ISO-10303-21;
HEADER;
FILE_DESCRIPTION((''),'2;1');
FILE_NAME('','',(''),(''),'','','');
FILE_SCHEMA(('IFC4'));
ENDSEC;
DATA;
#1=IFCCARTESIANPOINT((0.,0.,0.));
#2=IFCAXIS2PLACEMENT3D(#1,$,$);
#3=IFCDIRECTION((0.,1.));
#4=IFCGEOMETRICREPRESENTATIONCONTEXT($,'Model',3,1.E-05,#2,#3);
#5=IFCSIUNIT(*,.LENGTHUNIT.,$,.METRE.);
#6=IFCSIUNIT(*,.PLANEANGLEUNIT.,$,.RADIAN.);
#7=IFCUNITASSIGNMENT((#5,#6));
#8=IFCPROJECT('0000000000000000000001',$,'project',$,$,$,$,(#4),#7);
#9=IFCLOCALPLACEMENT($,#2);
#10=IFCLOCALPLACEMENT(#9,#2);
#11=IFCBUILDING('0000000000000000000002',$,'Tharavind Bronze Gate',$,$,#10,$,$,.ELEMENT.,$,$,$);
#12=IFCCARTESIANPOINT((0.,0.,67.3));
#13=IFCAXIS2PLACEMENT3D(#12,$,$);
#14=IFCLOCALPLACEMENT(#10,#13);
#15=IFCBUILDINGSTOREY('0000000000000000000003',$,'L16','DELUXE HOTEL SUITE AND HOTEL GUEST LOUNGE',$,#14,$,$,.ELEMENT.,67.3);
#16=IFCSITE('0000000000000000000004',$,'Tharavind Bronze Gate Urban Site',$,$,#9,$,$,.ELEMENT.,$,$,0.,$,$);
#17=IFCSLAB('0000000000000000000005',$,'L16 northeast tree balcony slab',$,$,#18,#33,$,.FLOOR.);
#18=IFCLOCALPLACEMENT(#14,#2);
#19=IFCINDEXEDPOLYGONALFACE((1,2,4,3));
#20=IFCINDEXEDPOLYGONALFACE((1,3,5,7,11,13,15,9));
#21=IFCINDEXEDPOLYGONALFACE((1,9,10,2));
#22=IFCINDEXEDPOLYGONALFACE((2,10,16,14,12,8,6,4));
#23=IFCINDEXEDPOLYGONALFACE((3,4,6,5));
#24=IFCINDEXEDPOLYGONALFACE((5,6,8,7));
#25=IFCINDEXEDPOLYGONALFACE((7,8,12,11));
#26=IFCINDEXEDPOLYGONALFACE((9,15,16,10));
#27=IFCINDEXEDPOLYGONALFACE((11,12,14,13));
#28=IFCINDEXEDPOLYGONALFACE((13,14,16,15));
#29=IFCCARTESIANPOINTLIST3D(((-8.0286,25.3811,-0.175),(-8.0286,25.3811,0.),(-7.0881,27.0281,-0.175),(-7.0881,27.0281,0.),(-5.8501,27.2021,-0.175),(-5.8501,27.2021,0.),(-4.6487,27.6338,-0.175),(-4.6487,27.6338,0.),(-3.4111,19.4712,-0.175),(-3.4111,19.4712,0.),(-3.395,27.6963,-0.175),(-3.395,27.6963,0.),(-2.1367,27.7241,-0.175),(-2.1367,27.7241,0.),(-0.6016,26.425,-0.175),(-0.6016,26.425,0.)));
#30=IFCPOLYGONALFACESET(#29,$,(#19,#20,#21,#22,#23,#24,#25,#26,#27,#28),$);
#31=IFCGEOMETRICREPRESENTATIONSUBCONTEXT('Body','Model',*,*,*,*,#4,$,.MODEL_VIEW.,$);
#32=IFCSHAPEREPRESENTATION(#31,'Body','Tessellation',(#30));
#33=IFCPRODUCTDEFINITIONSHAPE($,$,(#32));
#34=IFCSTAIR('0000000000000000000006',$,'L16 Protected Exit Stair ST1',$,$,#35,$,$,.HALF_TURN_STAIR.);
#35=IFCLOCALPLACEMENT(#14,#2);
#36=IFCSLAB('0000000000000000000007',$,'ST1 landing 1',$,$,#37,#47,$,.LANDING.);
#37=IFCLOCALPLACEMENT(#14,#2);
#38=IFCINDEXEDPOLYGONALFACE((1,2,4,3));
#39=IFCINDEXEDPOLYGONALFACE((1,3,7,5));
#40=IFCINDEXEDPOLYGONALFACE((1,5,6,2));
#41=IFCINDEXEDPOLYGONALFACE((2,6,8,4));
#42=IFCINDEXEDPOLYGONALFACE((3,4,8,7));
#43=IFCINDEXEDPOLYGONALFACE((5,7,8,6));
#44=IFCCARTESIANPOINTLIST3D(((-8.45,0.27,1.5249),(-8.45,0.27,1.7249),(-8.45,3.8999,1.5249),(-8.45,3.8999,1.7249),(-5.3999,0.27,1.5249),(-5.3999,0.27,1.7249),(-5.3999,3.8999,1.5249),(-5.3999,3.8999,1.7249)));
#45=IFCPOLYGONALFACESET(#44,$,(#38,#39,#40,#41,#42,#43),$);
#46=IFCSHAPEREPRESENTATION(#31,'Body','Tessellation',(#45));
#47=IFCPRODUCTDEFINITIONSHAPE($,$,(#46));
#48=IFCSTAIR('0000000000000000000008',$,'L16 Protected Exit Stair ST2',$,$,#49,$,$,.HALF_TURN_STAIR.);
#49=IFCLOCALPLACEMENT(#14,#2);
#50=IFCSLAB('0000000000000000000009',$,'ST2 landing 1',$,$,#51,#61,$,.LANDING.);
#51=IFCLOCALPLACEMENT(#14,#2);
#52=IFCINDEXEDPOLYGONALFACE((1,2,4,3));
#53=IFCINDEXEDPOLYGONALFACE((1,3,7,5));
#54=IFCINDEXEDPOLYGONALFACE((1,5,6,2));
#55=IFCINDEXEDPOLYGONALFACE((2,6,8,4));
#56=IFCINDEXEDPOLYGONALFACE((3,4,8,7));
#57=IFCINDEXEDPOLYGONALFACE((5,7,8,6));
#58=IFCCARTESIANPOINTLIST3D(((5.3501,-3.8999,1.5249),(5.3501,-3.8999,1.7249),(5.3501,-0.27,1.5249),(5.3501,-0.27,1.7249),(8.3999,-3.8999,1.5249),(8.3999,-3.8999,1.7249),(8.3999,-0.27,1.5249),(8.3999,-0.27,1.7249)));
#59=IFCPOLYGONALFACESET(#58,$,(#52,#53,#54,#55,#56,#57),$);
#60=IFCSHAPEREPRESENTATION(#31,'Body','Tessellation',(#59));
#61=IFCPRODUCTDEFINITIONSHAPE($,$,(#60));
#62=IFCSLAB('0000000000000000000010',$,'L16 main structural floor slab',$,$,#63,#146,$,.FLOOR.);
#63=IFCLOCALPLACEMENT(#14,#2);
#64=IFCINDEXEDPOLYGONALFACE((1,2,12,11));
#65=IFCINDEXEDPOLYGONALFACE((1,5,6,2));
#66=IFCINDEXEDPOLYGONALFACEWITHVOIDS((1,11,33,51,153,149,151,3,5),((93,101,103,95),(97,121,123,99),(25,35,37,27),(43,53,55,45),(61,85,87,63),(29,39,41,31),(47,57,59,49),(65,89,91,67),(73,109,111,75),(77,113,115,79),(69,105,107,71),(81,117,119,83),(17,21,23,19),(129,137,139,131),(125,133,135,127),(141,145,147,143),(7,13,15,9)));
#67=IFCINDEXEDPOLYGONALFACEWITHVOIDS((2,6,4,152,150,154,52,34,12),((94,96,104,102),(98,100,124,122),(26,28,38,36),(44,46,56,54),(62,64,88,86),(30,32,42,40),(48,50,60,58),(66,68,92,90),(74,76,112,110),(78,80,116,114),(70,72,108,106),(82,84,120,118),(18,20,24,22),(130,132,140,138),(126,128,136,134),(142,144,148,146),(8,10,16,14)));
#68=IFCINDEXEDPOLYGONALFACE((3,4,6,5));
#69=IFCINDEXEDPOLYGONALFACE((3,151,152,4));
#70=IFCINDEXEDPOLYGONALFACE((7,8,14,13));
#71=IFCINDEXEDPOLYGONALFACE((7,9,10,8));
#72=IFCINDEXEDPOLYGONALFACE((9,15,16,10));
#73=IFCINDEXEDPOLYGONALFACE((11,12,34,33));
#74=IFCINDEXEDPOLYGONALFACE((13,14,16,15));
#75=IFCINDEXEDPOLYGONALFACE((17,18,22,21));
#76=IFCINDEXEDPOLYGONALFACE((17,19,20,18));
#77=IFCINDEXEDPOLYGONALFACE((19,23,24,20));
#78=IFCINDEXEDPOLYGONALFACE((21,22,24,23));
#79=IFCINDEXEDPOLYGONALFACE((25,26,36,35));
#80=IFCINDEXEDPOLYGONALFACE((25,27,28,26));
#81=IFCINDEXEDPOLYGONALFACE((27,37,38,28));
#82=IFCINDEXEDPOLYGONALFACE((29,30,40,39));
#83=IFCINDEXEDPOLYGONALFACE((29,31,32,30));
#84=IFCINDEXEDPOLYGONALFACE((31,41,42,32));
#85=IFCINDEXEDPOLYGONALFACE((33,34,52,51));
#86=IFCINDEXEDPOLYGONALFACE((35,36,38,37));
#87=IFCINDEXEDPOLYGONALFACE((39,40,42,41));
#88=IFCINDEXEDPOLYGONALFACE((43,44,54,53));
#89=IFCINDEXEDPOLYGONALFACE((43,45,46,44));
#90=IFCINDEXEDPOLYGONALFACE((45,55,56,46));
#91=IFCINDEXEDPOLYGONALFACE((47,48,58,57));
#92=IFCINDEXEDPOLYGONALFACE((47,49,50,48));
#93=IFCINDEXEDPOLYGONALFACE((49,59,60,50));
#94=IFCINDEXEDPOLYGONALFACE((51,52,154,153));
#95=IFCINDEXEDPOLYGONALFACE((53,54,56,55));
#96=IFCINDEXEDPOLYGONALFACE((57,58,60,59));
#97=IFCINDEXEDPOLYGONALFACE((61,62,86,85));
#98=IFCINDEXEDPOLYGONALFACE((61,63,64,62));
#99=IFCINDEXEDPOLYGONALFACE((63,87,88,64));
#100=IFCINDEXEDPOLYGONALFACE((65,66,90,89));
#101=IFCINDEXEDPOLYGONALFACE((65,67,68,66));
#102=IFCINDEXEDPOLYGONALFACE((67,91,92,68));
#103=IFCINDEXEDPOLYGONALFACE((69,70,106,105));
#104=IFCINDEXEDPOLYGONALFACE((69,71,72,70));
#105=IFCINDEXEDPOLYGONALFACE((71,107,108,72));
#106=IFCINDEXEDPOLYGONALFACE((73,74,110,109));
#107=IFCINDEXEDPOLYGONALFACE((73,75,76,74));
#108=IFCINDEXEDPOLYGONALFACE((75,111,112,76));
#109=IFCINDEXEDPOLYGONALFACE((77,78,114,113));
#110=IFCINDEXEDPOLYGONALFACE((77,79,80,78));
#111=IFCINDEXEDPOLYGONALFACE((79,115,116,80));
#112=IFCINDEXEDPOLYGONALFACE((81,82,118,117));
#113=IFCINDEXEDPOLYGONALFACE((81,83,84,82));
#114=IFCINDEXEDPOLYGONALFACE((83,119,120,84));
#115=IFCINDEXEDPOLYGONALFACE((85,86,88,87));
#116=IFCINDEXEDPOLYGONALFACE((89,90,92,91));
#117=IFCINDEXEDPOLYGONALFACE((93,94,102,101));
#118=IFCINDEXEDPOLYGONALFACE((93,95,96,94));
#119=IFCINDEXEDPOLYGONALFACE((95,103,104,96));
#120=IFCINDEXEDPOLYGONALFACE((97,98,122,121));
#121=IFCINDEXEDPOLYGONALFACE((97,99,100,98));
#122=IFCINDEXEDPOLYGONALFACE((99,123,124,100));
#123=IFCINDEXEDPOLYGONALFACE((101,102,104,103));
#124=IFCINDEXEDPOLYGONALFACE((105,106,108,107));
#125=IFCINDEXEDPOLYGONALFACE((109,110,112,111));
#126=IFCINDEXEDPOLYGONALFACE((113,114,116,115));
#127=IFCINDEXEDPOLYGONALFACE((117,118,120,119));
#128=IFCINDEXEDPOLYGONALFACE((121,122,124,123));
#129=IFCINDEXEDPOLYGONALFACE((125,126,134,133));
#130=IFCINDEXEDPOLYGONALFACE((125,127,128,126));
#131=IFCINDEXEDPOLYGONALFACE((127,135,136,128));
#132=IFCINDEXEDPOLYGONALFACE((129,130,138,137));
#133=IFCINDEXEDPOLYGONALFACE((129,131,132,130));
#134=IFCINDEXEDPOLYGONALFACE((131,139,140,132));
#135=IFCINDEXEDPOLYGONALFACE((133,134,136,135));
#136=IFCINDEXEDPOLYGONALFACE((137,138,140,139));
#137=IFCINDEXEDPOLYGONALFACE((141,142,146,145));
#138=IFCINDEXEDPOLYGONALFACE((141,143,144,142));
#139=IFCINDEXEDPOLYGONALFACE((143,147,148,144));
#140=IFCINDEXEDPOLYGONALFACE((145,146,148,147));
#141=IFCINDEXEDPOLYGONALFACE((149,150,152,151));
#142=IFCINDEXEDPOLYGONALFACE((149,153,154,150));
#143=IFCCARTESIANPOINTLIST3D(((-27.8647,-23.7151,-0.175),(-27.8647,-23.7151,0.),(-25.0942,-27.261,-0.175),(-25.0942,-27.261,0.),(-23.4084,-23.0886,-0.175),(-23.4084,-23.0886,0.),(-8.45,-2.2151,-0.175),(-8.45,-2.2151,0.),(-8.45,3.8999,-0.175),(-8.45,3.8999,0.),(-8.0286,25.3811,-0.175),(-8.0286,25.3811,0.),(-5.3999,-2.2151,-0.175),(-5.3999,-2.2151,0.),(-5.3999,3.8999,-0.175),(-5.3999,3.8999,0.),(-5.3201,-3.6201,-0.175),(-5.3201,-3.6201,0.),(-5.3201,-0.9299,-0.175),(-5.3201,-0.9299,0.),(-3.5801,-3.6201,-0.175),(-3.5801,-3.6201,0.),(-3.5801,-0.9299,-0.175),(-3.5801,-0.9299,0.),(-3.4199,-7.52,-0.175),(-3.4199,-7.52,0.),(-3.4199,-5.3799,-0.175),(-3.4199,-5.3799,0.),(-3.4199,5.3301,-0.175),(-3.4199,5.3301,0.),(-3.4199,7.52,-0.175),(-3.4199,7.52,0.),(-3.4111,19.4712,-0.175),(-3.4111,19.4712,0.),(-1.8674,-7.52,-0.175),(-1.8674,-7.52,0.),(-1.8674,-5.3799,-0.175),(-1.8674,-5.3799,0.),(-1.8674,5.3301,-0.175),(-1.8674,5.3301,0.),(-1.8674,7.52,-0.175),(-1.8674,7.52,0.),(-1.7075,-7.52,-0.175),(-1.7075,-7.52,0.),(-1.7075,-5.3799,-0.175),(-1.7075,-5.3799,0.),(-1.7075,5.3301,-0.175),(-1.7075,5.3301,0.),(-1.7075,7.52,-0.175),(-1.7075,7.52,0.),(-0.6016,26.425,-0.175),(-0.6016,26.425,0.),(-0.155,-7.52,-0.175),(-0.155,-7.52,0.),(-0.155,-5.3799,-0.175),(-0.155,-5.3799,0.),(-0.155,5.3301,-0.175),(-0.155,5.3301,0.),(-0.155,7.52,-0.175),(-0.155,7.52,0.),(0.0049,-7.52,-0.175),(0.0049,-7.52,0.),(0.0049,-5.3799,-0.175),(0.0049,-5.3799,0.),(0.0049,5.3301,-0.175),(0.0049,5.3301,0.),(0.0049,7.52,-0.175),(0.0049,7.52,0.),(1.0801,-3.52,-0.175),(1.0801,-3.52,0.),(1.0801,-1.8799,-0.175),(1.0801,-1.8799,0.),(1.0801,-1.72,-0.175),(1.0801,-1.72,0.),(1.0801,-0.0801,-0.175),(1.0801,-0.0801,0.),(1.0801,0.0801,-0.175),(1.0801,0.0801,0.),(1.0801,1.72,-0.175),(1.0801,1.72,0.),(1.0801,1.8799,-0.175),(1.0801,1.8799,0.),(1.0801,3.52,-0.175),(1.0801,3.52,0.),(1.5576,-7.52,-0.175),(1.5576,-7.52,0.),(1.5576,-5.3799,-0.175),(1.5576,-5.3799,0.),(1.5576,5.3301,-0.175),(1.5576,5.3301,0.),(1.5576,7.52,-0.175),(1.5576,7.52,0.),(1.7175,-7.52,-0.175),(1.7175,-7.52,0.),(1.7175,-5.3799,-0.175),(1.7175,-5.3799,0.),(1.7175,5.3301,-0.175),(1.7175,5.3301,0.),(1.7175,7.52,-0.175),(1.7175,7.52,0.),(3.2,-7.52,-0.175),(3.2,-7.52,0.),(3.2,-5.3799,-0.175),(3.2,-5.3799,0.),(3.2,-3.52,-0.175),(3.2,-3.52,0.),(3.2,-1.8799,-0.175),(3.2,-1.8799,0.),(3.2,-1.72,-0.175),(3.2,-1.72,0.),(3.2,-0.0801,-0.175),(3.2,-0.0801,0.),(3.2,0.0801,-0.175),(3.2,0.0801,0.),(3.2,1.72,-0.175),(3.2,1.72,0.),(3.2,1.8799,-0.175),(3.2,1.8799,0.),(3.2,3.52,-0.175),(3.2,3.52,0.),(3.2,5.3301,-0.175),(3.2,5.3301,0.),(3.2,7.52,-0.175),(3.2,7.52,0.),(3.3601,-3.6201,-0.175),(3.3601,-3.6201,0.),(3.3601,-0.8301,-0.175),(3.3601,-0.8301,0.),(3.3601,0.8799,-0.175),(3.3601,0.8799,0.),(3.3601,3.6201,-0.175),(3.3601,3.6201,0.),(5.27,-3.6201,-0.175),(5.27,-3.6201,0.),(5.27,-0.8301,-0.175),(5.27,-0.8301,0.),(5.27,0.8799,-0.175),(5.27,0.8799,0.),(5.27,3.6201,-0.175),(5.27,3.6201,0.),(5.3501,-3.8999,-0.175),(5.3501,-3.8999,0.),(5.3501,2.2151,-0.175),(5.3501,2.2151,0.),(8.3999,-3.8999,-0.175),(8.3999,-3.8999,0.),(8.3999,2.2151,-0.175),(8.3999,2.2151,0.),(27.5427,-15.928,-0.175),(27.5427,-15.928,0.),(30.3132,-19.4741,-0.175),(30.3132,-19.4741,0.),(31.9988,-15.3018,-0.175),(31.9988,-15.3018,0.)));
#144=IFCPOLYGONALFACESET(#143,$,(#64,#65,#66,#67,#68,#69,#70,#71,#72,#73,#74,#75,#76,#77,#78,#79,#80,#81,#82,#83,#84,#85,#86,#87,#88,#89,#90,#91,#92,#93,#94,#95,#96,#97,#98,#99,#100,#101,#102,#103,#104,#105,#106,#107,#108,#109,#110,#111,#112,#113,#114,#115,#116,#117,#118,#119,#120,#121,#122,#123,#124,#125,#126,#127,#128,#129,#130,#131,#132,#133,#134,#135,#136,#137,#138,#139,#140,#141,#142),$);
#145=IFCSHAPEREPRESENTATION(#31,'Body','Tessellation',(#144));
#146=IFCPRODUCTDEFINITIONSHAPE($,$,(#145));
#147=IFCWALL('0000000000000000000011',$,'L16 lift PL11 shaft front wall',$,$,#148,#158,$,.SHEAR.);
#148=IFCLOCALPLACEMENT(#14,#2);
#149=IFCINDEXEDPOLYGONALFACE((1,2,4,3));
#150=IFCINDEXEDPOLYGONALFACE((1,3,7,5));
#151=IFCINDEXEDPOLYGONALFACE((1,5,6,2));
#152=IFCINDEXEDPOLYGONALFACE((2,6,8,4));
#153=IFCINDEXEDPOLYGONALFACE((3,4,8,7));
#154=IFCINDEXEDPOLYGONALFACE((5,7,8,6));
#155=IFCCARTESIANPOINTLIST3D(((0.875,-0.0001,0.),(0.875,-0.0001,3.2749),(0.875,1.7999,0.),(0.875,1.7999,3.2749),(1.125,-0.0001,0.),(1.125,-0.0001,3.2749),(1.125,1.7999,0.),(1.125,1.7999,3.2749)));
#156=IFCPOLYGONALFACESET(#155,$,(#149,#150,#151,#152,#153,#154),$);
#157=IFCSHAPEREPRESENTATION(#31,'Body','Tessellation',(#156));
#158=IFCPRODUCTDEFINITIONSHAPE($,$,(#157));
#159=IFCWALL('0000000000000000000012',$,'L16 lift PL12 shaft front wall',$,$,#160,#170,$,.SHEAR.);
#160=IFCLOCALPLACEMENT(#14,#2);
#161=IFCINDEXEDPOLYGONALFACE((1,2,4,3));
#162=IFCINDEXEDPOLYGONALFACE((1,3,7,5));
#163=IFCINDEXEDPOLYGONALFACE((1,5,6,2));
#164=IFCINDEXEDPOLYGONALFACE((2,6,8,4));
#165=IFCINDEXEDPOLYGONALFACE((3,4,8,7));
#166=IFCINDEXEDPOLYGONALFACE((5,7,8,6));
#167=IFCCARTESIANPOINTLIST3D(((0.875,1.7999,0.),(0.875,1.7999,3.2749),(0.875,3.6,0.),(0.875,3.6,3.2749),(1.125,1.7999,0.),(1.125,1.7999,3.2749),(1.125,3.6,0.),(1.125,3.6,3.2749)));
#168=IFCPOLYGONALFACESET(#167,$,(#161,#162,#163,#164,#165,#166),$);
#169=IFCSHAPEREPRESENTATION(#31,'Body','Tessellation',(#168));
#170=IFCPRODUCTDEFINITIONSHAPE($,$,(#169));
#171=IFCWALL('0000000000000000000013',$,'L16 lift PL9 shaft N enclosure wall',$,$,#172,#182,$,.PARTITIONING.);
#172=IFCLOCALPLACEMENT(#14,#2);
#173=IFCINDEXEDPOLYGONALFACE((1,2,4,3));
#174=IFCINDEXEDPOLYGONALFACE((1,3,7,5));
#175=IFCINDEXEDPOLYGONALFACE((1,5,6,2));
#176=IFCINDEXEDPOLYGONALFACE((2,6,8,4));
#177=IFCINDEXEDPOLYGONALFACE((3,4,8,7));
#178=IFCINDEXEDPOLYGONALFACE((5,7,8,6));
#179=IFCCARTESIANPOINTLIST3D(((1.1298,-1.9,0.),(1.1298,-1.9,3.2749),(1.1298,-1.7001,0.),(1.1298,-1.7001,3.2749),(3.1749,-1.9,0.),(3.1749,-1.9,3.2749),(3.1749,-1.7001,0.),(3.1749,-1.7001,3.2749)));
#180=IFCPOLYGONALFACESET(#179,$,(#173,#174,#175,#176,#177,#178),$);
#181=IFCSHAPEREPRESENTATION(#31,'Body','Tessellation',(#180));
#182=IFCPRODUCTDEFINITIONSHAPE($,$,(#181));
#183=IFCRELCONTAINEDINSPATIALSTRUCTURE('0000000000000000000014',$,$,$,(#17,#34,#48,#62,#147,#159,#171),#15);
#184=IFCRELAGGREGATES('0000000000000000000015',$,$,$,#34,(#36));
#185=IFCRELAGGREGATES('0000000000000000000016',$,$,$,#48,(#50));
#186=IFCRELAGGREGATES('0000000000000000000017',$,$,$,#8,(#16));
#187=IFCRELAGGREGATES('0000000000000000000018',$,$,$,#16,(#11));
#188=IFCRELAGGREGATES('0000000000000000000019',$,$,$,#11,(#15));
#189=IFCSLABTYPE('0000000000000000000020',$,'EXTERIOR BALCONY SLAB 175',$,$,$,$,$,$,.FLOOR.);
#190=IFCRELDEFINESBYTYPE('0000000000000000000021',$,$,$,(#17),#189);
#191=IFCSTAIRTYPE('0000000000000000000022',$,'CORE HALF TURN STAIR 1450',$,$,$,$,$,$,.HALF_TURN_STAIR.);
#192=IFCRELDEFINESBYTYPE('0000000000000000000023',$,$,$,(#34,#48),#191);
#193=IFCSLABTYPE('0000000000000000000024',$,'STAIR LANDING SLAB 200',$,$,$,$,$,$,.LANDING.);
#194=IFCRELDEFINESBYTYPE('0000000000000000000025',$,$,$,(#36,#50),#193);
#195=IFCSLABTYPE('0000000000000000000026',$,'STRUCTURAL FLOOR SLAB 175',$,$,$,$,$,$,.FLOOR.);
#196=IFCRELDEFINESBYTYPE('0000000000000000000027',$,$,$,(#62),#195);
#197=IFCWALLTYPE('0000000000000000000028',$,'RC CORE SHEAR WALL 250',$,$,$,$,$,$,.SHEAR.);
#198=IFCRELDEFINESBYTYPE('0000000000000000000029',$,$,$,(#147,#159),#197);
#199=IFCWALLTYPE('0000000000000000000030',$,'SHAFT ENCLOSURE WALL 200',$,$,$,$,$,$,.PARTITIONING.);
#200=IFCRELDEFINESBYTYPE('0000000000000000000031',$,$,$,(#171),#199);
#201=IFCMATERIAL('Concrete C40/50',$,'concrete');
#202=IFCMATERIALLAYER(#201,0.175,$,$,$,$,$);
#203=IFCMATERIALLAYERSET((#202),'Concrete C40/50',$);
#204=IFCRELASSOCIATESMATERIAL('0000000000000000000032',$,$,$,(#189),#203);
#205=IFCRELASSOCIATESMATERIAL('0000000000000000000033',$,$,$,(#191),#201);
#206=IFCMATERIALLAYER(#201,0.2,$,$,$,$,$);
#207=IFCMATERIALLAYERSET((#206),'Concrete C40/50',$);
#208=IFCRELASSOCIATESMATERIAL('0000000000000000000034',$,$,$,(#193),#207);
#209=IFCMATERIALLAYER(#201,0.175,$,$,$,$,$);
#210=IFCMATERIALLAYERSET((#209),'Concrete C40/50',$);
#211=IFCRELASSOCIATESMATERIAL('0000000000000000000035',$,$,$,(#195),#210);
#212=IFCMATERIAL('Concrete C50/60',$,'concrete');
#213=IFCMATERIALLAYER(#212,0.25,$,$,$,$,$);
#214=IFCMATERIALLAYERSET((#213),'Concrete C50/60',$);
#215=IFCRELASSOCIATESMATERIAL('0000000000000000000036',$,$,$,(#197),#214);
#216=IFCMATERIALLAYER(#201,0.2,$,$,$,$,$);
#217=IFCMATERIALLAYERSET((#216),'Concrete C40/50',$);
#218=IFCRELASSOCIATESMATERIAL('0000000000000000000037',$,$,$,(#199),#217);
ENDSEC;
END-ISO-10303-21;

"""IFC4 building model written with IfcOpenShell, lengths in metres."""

from ifc_helpers import new_model, si_unit, direction, frame, frame_2d, origin, place, context, subcontext, project, spatial, polyline, rectangle, outline, extrude, material, layer, layer_set, type_object, element, aggregate, save


model = new_model("IFC4")

# Units and contexts
model_context = context("Model", 3, precision=1e-05, world=origin(), true_north=direction((0.0, 1.0)))
body_context = subcontext(model_context, "Body", "Model", "MODEL_VIEW")
ifc_project = project(units=[si_unit("LENGTHUNIT", "METRE"), si_unit("PLANEANGLEUNIT", "RADIAN")], contexts=[model_context])

# Site, building, storey
site_placement = place(None, origin())
site = spatial("IfcSite", under=ifc_project, at=site_placement, Name="Tharavind Bronze Gate Urban Site", CompositionType="ELEMENT", RefElevation=0.0)
building_placement = place(site_placement, origin())
building = spatial("IfcBuilding", under=site, at=building_placement, Name="Tharavind Bronze Gate", CompositionType="ELEMENT")
storey_placement = place(building_placement, frame((0.0, 0.0, 67.3)))
storey = spatial("IfcBuildingStorey", under=building, at=storey_placement, Name="L16", Description="DELUXE HOTEL SUITE AND HOTEL GUEST LOUNGE", CompositionType="ELEMENT", Elevation=67.3)

# Slab
ifc_material_1 = material(Name="Concrete C40/50", Category="concrete")
ifc_layer_1 = layer(ifc_material_1, 0.175)
ifc_layer_set_1 = layer_set([ifc_layer_1], Name="Concrete C40/50")
slab_type_1 = type_object("IfcSlabType", Name="EXTERIOR BALCONY SLAB 175", PredefinedType="FLOOR", material=ifc_layer_set_1)
slab_1_placement = place(storey_placement, frame((0.0, 0.0, -0.175)))
element("IfcSlab", 1, at=slab_1_placement, inside=storey, type_object=slab_type_1, Name="L16 northeast tree balcony slab", PredefinedType="FLOOR", context=body_context, shape_type="SweptSolid", body=[
    extrude(outline(polyline([(-2.1367, 27.7241), (-3.395, 27.6963), (-4.6487, 27.6338), (-5.8501, 27.2021), (-7.0881, 27.0281), (-8.0286, 25.3811), (-3.4111, 19.4712), (-0.6016, 26.425), (-2.1367, 27.7241)])), origin(), (0.0, 0.0, 1.0), 0.175),
])

# Stairs, slabs
stair_type = type_object("IfcStairType", Name="CORE HALF TURN STAIR 1450", PredefinedType="HALF_TURN_STAIR", material=ifc_material_1)
stair_1_placement = place(storey_placement, origin())
stair_1 = element("IfcStair", 2, at=stair_1_placement, inside=storey, type_object=stair_type, Name="L16 Protected Exit Stair ST1", PredefinedType="HALF_TURN_STAIR")
ifc_layer_2 = layer(ifc_material_1, 0.2)
ifc_layer_set_2 = layer_set([ifc_layer_2], Name="Concrete C40/50")
slab_type_2 = type_object("IfcSlabType", Name="STAIR LANDING SLAB 200", PredefinedType="LANDING", material=ifc_layer_set_2)
slab_2_placement = place(storey_placement, frame((0.0, 0.0, 1.5249)))
slab_2 = element("IfcSlab", 3, at=slab_2_placement, type_object=slab_type_2, Name="ST1 landing 1", PredefinedType="LANDING", context=body_context, shape_type="SweptSolid", body=[
    extrude(outline(polyline([(-5.3999, 0.27), (-5.3999, 3.8999), (-8.45, 3.8999), (-8.45, 0.27), (-5.3999, 0.27)])), origin(), (0.0, 0.0, 1.0), 0.2),
])
aggregate(stair_1, [slab_2])
stair_2_placement = place(storey_placement, origin())
stair_2 = element("IfcStair", 4, at=stair_2_placement, inside=storey, type_object=stair_type, Name="L16 Protected Exit Stair ST2", PredefinedType="HALF_TURN_STAIR")
slab_3_placement = place(storey_placement, frame((0.0, 0.0, 1.5249)))
slab_3 = element("IfcSlab", 5, at=slab_3_placement, type_object=slab_type_2, Name="ST2 landing 1", PredefinedType="LANDING", context=body_context, shape_type="SweptSolid", body=[
    extrude(outline(polyline([(5.3501, -0.27), (5.3501, -3.8999), (8.3999, -3.8999), (8.3999, -0.27), (5.3501, -0.27)])), origin(), (0.0, 0.0, 1.0), 0.2),
])
aggregate(stair_2, [slab_3])

# Slab
ifc_layer_3 = layer(ifc_material_1, 0.175)
ifc_layer_set_3 = layer_set([ifc_layer_3], Name="Concrete C40/50")
slab_type_3 = type_object("IfcSlabType", Name="STRUCTURAL FLOOR SLAB 175", PredefinedType="FLOOR", material=ifc_layer_set_3)
slab_4_placement = place(storey_placement, frame((0.0, 0.0, -0.175)))
element("IfcSlab", 6, at=slab_4_placement, inside=storey, type_object=slab_type_3, Name="L16 main structural floor slab", PredefinedType="FLOOR", context=body_context, shape_type="SweptSolid", body=[
    extrude(outline(polyline([(-0.6016, 26.425), (-3.4111, 19.4712), (-8.0286, 25.3811), (-27.8647, -23.7151), (-23.4084, -23.0886), (-25.0942, -27.261), (30.3132, -19.4741), (27.5427, -15.928), (31.9988, -15.3018), (-0.6016, 26.425)]), holes=[polyline([(-5.3999, -2.2151), (-5.3999, 3.8999), (-8.45, 3.8999), (-8.45, -2.2151), (-5.3999, -2.2151)]), polyline([(5.3501, 2.2151), (5.3501, -3.8999), (8.3999, -3.8999), (8.3999, 2.2151), (5.3501, 2.2151)]), polyline([(-3.4199, -7.52), (-1.8674, -7.52), (-1.8674, -5.3799), (-3.4199, -5.3799), (-3.4199, -7.52)]), polyline([(-1.7075, -7.52), (-0.155, -7.52), (-0.155, -5.3799), (-1.7075, -5.3799), (-1.7075, -7.52)]), polyline([(0.0049, -7.52), (1.5576, -7.52), (1.5576, -5.3799), (0.0049, -5.3799), (0.0049, -7.52)]), polyline([(1.7175, -7.52), (3.2, -7.52), (3.2, -5.3799), (1.7175, -5.3799), (1.7175, -7.52)]), polyline([(-3.4199, 5.3301), (-1.8674, 5.3301), (-1.8674, 7.52), (-3.4199, 7.52), (-3.4199, 5.3301)]), polyline([(-1.7075, 5.3301), (-0.155, 5.3301), (-0.155, 7.52), (-1.7075, 7.52), (-1.7075, 5.3301)]), polyline([(0.0049, 5.3301), (1.5576, 5.3301), (1.5576, 7.52), (0.0049, 7.52), (0.0049, 5.3301)]), polyline([(1.7175, 5.3301), (3.2, 5.3301), (3.2, 7.52), (1.7175, 7.52), (1.7175, 5.3301)]), polyline([(1.0801, -3.52), (3.2, -3.52), (3.2, -1.8799), (1.0801, -1.8799), (1.0801, -3.52)]), polyline([(1.0801, -1.72), (3.2, -1.72), (3.2, -0.0801), (1.0801, -0.0801), (1.0801, -1.72)]), polyline([(1.0801, 0.0801), (3.2, 0.0801), (3.2, 1.72), (1.0801, 1.72), (1.0801, 0.0801)]), polyline([(1.0801, 1.8799), (3.2, 1.8799), (3.2, 3.52), (1.0801, 3.52), (1.0801, 1.8799)]), polyline([(-5.3201, -3.6201), (-3.5801, -3.6201), (-3.5801, -0.9299), (-5.3201, -0.9299), (-5.3201, -3.6201)]), polyline([(3.3601, 0.8799), (5.27, 0.8799), (5.27, 3.6201), (3.3601, 3.6201), (3.3601, 0.8799)]), polyline([(3.3601, -3.6201), (5.27, -3.6201), (5.27, -0.8301), (3.3601, -0.8301), (3.3601, -3.6201)])]), origin(), (0.0, 0.0, 1.0), 0.175),
])

# Walls
ifc_material_2 = material(Name="Concrete C50/60", Category="concrete")
ifc_layer_4 = layer(ifc_material_2, 0.25)
ifc_layer_set_4 = layer_set([ifc_layer_4], Name="Concrete C50/60")
wall_type_1 = type_object("IfcWallType", Name="RC CORE SHEAR WALL 250", PredefinedType="SHEAR", material=ifc_layer_set_4)
for number, where, z_axis, x_axis, name in (
    (7, (1.0, 0.0, 0.0), (0.0, 0.0, 1.0), (0.0, 1.0, 0.0), "L16 lift PL11 shaft front wall"),
    (8, (1.0, 1.8, 0.0), (0.0, 0.0, 1.0), (0.0, 1.0, 0.0), "L16 lift PL12 shaft front wall"),
):
    element("IfcWall", number, at=place(storey_placement, frame(where, z_axis=z_axis, x_axis=x_axis)), inside=storey, type_object=wall_type_1, Name=name, PredefinedType="SHEAR", context=body_context, shape_type="SweptSolid", body=[
        extrude(rectangle(XDim=1.8, YDim=0.25, at=frame_2d((0.8999, 0.0))), origin(), (0.0, 0.0, 1.0), 3.2749),
    ])
ifc_layer_5 = layer(ifc_material_1, 0.2)
ifc_layer_set_5 = layer_set([ifc_layer_5], Name="Concrete C40/50")
wall_type_2 = type_object("IfcWallType", Name="SHAFT ENCLOSURE WALL 200", PredefinedType="PARTITIONING", material=ifc_layer_set_5)
wall_1_placement = place(storey_placement, frame((1.1299, -1.8, 0.0), z_axis=(0.0, 0.0, 1.0), x_axis=(1.0, 0.0, 0.0)))
element("IfcWall", 9, at=wall_1_placement, inside=storey, type_object=wall_type_2, Name="L16 lift PL9 shaft N enclosure wall", PredefinedType="PARTITIONING", context=body_context, shape_type="SweptSolid", body=[
    extrude(rectangle(XDim=2.0452, YDim=0.2, at=frame_2d((1.0225, 0.0))), origin(), (0.0, 0.0, 1.0), 3.2749),
])

save(model, "model.ifc")
